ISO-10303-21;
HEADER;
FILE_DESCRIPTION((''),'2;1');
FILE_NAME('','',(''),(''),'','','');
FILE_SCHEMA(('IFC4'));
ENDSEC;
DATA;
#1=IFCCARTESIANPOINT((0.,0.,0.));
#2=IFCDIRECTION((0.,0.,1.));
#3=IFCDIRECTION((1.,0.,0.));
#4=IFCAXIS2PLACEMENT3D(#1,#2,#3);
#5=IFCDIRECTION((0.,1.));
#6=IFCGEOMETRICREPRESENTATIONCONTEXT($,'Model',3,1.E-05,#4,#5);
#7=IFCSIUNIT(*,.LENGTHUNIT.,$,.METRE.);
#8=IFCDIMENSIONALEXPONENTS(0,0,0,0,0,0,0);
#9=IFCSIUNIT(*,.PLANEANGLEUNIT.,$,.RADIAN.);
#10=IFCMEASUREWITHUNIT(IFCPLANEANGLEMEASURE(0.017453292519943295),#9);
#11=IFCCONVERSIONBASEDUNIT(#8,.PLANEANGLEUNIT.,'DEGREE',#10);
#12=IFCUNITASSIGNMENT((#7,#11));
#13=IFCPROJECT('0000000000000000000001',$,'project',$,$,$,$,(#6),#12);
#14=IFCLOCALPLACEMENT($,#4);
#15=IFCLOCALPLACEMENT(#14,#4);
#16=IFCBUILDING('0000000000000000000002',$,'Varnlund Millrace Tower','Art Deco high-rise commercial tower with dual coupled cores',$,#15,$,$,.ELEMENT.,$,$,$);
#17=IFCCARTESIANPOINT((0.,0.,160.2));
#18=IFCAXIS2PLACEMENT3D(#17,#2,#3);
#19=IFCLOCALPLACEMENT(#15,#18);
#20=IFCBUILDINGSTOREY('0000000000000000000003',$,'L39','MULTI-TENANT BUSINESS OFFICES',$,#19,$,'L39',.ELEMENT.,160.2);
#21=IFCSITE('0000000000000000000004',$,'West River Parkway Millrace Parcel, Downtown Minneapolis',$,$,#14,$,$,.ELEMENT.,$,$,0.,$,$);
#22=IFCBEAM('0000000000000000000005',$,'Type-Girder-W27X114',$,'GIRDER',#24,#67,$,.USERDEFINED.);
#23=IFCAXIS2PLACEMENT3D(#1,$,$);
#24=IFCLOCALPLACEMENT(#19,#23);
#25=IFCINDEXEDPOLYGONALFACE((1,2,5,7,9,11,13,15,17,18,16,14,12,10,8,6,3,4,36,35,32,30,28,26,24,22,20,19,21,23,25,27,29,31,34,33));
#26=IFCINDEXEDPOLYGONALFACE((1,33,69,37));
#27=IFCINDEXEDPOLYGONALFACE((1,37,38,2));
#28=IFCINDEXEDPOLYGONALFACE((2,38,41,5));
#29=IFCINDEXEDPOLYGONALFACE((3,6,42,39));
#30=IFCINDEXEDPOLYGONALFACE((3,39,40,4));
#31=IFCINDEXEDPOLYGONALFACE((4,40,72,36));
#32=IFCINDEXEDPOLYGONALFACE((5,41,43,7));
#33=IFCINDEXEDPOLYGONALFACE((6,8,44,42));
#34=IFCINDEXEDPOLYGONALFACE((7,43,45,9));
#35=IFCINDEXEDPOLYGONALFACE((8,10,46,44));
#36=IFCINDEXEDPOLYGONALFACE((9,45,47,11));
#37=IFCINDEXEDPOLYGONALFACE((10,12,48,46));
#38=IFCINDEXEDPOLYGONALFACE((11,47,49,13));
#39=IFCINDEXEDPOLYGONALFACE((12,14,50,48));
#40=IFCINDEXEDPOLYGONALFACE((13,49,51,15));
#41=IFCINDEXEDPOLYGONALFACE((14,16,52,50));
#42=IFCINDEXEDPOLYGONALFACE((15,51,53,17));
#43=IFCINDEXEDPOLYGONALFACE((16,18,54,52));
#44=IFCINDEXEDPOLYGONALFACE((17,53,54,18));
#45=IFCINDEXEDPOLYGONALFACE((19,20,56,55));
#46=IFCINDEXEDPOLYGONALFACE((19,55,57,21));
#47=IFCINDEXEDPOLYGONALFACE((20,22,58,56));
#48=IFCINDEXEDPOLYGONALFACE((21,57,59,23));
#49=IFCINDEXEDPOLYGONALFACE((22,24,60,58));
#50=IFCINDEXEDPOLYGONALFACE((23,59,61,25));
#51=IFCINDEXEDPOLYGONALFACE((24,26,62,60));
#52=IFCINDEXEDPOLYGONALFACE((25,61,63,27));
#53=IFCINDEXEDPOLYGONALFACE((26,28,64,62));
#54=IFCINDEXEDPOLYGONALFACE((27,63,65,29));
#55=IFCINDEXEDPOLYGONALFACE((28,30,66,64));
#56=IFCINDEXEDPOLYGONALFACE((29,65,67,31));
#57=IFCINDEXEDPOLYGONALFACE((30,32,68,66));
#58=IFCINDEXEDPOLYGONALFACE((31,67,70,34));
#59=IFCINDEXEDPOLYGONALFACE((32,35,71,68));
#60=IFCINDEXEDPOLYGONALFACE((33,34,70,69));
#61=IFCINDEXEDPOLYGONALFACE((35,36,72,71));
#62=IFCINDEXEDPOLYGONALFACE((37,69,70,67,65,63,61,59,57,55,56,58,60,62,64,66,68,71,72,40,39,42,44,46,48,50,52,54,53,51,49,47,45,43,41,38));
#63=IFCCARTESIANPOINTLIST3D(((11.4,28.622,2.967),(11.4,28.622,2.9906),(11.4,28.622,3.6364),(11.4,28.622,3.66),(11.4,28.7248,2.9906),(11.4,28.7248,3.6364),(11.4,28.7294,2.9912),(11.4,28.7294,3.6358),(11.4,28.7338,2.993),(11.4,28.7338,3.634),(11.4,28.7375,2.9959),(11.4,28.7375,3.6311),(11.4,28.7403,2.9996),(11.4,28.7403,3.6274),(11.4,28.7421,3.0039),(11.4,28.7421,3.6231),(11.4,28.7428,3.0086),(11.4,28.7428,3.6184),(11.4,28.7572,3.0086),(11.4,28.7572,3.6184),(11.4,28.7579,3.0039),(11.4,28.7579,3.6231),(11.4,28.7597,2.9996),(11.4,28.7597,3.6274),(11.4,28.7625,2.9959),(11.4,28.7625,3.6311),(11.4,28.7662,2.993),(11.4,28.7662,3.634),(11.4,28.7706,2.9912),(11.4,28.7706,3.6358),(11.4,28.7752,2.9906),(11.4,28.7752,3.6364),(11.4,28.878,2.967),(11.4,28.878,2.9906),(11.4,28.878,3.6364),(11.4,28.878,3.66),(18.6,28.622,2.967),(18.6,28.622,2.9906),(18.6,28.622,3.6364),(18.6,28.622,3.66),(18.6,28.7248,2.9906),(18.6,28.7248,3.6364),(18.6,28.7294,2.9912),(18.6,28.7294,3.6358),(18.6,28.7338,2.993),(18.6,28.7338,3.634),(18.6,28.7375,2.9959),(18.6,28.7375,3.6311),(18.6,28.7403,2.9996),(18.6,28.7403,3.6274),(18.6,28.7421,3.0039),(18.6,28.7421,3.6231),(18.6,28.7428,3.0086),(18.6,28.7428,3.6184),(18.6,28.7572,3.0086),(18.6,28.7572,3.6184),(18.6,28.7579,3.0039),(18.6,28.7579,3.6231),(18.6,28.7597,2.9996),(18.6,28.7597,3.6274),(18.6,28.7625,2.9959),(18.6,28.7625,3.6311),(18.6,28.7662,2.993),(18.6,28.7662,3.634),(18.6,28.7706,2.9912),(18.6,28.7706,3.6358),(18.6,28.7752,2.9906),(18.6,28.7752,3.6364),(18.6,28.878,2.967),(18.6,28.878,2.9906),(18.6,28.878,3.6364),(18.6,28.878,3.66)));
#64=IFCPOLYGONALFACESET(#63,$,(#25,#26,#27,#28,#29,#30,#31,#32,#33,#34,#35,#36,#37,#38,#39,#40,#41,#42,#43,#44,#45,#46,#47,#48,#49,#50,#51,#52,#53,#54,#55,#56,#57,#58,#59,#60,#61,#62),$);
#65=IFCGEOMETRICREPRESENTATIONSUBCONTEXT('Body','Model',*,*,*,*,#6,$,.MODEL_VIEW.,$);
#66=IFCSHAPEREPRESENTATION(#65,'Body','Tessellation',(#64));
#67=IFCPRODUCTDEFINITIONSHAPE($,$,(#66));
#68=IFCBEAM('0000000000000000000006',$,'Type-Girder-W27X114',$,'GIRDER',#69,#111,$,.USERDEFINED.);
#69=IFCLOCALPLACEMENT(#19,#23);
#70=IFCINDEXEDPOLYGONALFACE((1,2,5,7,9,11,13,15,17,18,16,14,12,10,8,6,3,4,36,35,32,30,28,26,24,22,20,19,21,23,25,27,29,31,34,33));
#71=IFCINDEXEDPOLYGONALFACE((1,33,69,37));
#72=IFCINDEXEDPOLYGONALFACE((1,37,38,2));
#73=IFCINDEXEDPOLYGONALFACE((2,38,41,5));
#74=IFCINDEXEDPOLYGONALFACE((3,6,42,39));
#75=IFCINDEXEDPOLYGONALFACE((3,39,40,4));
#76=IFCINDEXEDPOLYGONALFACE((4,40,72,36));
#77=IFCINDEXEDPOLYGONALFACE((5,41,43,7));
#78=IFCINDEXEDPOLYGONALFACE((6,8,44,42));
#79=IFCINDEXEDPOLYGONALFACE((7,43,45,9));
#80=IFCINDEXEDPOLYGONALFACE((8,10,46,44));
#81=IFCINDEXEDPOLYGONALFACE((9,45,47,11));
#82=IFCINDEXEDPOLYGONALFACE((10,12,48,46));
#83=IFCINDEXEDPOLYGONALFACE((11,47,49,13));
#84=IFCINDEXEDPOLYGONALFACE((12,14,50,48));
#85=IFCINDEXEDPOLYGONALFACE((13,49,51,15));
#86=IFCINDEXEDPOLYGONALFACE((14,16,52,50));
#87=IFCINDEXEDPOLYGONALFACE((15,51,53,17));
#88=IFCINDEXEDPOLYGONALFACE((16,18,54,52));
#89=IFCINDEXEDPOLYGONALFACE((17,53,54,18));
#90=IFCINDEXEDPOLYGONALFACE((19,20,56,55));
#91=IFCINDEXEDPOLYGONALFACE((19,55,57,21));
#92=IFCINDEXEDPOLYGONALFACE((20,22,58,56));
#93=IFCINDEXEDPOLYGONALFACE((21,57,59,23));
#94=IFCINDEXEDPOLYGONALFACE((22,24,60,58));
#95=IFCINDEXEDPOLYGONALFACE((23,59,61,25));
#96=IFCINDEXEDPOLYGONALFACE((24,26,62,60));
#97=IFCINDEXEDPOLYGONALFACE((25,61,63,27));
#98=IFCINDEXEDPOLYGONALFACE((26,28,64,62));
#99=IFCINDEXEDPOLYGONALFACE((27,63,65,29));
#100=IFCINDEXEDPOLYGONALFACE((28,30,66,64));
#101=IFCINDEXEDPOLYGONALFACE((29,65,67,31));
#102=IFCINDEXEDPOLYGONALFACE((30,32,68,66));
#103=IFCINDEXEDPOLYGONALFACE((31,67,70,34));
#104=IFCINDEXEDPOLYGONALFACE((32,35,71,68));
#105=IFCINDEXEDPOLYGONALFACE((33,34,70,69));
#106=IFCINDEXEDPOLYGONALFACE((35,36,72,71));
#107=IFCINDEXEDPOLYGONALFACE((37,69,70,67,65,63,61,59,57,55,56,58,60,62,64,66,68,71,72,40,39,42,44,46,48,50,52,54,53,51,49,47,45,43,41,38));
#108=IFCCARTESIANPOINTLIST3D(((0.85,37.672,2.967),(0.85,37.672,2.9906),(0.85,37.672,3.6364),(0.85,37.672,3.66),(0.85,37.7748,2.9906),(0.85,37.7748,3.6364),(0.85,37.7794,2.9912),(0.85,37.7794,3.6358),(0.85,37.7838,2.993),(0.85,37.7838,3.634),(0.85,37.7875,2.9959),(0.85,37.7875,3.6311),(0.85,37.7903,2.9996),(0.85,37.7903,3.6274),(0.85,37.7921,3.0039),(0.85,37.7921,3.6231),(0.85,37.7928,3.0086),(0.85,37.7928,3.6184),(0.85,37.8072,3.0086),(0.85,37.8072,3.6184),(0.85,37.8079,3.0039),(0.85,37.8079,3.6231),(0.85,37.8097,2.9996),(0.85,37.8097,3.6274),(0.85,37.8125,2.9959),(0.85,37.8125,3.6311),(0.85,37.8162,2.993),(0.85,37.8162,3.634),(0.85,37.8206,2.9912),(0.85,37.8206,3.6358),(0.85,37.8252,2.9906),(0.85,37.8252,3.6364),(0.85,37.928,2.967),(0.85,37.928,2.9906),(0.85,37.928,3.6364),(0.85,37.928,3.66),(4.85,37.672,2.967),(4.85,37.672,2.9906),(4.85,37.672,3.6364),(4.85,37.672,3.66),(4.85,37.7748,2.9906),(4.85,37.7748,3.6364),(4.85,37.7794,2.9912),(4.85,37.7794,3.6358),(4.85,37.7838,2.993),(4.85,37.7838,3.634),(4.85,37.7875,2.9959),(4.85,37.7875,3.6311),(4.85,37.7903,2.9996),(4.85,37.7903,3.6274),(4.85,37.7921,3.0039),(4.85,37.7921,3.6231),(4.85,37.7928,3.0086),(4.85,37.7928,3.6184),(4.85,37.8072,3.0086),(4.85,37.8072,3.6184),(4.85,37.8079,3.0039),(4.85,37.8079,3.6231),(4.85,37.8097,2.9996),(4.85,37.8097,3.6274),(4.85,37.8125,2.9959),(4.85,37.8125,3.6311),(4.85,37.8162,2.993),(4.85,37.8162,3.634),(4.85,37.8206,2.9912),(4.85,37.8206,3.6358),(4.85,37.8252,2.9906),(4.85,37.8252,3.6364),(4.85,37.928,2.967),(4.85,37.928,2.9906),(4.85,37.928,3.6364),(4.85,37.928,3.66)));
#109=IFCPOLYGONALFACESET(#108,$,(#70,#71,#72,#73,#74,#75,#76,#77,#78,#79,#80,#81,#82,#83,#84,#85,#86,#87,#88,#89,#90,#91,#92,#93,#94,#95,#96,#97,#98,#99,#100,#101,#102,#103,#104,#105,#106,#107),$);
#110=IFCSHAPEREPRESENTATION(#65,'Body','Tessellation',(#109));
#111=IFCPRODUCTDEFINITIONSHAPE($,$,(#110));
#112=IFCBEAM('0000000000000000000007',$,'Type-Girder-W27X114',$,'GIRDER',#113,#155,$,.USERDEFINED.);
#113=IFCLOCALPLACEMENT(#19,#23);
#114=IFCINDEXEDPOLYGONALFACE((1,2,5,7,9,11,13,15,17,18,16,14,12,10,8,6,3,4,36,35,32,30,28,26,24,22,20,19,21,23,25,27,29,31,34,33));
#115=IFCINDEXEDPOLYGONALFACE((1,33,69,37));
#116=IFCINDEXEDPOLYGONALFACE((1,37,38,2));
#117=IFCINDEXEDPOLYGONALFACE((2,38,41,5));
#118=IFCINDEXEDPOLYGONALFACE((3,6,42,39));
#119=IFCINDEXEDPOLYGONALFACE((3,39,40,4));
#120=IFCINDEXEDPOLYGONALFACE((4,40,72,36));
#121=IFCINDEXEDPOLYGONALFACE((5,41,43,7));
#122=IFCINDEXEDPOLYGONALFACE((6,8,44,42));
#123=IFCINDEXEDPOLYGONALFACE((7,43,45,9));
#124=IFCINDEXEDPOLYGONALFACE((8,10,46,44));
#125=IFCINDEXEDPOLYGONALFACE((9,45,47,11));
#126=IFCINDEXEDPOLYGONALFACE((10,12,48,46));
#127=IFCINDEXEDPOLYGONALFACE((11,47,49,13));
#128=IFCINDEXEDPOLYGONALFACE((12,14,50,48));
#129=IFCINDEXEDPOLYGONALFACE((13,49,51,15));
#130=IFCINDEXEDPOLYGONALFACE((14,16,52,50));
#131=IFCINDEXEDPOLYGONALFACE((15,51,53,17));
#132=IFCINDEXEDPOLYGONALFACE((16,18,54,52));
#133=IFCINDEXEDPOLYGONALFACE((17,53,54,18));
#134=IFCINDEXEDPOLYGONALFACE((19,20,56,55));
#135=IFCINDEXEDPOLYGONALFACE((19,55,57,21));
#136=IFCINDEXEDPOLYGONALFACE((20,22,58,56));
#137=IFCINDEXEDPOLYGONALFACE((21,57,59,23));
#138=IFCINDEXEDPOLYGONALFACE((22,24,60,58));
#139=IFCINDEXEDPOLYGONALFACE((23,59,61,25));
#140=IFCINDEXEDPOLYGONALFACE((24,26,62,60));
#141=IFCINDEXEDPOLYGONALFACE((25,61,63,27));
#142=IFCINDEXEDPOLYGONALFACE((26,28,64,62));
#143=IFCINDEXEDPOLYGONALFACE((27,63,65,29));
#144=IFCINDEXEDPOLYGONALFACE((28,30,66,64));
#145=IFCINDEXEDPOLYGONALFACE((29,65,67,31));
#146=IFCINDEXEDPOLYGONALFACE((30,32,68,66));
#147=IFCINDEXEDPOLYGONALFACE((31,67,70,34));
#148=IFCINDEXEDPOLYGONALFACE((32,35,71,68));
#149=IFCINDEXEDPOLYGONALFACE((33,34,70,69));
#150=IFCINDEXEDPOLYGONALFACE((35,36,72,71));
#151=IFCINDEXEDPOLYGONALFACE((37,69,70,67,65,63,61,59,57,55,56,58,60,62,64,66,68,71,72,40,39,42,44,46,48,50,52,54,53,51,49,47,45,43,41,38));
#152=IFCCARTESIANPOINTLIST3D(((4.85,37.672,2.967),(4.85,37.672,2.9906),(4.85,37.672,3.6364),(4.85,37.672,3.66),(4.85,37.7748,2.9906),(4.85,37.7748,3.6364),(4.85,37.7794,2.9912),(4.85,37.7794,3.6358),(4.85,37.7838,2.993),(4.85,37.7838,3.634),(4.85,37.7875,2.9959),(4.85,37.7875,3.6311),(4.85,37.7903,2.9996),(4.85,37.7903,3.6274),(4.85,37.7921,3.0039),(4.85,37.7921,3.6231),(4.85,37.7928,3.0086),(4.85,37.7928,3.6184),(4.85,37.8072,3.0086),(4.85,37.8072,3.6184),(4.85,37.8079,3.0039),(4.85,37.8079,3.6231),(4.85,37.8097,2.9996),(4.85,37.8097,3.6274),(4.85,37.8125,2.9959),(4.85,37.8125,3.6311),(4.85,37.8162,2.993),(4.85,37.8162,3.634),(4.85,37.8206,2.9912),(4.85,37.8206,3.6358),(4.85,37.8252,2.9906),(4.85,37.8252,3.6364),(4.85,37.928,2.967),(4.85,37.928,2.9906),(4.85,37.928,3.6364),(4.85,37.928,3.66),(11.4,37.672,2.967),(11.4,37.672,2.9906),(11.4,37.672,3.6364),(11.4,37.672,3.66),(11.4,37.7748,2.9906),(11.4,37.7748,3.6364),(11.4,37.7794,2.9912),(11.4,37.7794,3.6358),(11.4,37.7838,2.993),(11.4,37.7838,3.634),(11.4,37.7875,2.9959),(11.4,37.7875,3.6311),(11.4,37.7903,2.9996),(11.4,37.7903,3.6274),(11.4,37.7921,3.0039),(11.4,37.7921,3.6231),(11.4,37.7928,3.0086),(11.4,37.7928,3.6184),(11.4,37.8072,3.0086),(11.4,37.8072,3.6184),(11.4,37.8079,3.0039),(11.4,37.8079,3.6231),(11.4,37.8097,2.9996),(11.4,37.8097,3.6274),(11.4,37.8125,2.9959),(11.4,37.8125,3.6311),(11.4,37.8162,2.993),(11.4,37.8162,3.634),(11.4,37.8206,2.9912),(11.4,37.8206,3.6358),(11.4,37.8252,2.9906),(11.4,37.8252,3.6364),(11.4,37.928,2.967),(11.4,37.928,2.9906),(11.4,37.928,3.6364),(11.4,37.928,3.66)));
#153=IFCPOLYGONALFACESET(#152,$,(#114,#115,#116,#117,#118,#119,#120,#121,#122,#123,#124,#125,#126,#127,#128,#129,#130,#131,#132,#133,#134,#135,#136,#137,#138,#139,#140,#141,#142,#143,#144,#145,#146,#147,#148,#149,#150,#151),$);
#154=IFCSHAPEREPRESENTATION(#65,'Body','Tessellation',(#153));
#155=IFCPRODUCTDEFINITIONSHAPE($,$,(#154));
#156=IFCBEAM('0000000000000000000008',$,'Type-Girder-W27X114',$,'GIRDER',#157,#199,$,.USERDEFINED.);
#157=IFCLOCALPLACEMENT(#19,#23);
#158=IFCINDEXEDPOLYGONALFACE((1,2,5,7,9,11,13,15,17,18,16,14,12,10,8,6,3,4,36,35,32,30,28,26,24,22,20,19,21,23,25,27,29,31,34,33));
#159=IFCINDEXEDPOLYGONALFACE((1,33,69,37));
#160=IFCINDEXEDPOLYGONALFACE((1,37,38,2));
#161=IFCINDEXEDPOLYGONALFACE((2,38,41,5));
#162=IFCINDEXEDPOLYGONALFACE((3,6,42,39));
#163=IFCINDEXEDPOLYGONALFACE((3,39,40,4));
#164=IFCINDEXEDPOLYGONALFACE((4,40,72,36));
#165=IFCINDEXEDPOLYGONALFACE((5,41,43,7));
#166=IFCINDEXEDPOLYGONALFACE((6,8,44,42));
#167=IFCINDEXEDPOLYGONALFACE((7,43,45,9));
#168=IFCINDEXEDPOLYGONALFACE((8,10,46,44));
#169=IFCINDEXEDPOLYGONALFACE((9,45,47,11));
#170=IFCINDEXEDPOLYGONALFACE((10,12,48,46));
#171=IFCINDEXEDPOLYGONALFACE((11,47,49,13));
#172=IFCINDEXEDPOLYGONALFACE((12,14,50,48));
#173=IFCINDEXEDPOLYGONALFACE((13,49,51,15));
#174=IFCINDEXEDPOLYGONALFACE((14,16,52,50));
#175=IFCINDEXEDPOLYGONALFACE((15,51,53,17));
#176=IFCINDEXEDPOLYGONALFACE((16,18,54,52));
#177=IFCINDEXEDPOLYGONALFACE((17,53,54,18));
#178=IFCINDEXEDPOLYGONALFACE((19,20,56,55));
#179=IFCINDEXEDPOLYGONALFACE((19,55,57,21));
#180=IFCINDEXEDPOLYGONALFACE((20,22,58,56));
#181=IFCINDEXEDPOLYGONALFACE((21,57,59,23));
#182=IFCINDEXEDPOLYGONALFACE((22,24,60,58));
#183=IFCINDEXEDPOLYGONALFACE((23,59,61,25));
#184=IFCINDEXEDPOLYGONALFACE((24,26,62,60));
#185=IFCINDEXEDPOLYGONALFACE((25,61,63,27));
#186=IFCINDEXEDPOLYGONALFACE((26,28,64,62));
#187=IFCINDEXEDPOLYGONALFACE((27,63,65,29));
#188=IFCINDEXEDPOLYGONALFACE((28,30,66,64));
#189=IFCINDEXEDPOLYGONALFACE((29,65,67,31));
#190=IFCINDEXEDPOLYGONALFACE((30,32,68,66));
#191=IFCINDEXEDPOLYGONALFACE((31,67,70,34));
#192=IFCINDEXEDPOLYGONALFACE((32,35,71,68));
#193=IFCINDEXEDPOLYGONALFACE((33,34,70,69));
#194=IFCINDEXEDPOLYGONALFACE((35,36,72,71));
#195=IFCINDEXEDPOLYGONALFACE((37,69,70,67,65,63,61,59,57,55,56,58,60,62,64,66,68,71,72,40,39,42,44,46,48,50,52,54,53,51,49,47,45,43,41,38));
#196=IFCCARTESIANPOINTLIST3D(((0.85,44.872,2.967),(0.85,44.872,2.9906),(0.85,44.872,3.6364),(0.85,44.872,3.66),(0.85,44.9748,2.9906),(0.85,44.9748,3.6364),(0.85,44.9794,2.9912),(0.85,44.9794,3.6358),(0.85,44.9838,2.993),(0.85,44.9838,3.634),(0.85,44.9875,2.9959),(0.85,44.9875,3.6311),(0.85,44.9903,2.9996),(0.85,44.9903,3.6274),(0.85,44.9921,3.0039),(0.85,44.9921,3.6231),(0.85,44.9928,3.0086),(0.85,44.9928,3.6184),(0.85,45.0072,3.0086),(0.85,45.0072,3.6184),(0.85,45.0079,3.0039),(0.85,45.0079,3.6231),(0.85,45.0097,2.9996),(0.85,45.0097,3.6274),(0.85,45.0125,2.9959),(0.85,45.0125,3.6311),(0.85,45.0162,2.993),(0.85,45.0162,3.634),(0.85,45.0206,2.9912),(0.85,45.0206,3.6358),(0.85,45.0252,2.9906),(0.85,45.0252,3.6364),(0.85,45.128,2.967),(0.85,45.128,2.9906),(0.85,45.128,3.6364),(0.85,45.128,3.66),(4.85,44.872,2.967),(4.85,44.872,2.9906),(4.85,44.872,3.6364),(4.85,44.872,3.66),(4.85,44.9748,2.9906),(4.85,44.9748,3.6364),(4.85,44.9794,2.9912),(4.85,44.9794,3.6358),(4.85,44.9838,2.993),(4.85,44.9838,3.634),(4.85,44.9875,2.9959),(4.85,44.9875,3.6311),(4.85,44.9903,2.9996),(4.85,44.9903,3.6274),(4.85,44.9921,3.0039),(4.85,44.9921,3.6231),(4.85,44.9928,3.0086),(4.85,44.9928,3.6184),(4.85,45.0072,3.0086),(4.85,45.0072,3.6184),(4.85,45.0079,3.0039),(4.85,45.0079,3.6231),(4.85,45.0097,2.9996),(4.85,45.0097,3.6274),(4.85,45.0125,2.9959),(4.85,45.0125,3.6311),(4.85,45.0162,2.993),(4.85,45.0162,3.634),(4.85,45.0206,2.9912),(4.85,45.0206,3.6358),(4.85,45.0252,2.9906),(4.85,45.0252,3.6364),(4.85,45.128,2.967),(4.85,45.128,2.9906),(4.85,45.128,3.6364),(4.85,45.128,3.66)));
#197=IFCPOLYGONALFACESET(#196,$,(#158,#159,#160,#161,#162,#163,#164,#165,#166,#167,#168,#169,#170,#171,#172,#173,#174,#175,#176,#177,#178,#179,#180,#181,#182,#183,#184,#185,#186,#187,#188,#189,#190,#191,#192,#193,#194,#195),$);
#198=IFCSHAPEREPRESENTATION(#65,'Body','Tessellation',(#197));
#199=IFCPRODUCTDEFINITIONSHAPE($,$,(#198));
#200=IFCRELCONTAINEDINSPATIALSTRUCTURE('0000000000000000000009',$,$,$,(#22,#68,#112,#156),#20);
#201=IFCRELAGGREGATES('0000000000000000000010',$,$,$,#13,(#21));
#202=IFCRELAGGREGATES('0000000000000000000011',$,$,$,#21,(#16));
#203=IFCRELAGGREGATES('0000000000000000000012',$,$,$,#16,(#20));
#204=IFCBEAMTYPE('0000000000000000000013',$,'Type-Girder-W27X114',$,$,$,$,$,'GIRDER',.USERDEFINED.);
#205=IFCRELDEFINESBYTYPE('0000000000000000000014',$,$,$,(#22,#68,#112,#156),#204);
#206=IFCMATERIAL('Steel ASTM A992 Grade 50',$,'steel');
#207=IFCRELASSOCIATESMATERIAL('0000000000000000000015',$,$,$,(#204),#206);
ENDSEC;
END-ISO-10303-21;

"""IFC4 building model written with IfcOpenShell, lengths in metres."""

from ifc_helpers import new_model, entity, si_unit, converted_unit, direction, frame, origin_with_axes, origin_2d_with_axis, place, context, subcontext, project, spatial, i_section, extrude, material, material_profile, profile_set, type_object, element, save


model = new_model("IFC4")

# Units and contexts
model_context = context("Model", 3, precision=1e-05, world=origin_with_axes(), true_north=direction((0.0, 1.0)))
body_context = subcontext(model_context, "Body", "Model", "MODEL_VIEW")
ifc_project = project(units=[si_unit("LENGTHUNIT", "METRE"), converted_unit("PLANEANGLEUNIT", "DEGREE", entity("IfcPlaneAngleMeasure", 0.017453292519943295), si_unit("PLANEANGLEUNIT", "RADIAN"), dimensions=[0, 0, 0, 0, 0, 0, 0])], contexts=[model_context])

# Site, building, storey
site_placement = place(None, origin_with_axes())
site = spatial("IfcSite", under=ifc_project, at=site_placement, Name="West River Parkway Millrace Parcel, Downtown Minneapolis", CompositionType="ELEMENT", RefElevation=0.0)
building_placement = place(site_placement, origin_with_axes())
building = spatial("IfcBuilding", under=site, at=building_placement, Name="Varnlund Millrace Tower", Description="Art Deco high-rise commercial tower with dual coupled cores", CompositionType="ELEMENT")
storey_placement = place(building_placement, frame((0.0, 0.0, 160.2), z_axis=(0.0, 0.0, 1.0), x_axis=(1.0, 0.0, 0.0)))
storey = spatial("IfcBuildingStorey", under=building, at=storey_placement, Name="L39", Description="MULTI-TENANT BUSINESS OFFICES", LongName="L39", CompositionType="ELEMENT", Elevation=160.2)

# Beams
ifc_material_1 = material(Name="Steel ASTM A992 Grade 50", Category="steel")
ifc_material_profile_1 = material_profile(ifc_material_1, i_section(OverallWidth=0.256, OverallDepth=0.693, WebThickness=0.0145, FlangeThickness=0.0236, FilletRadius=0.018, at=origin_2d_with_axis()), Name="Steel ASTM A992 Grade 50")
ifc_profile_set_1 = profile_set([ifc_material_profile_1], Name="Steel ASTM A992 Grade 50")
beam_type_1 = type_object("IfcBeamType", Name="Type-Girder-W27X114", ElementType="GIRDER", PredefinedType="USERDEFINED", material=ifc_profile_set_1)
beam_1_placement = place(storey_placement, frame((11.4, 28.75, 3.3135), z_axis=(1.0, 0.0, 0.0), x_axis=(0.0, 1.0, 0.0)))
element("IfcBeam", 1, at=beam_1_placement, inside=storey, type_object=beam_type_1, Name="Type-Girder-W27X114", ObjectType="GIRDER", PredefinedType="USERDEFINED", context=body_context, shape_type="SweptSolid", body=[
    extrude(i_section(OverallWidth=0.256, OverallDepth=0.693, WebThickness=0.0145, FlangeThickness=0.0236, FilletRadius=0.018, at=origin_2d_with_axis()), origin_with_axes(), (0.0, 0.0, 1.0), 7.2),
])
beam_2_placement = place(storey_placement, frame((0.85, 37.8, 3.3135), z_axis=(1.0, 0.0, 0.0), x_axis=(0.0, 1.0, 0.0)))
element("IfcBeam", 2, at=beam_2_placement, inside=storey, type_object=beam_type_1, Name="Type-Girder-W27X114", ObjectType="GIRDER", PredefinedType="USERDEFINED", context=body_context, shape_type="SweptSolid", body=[
    extrude(i_section(OverallWidth=0.256, OverallDepth=0.693, WebThickness=0.0145, FlangeThickness=0.0236, FilletRadius=0.018, at=origin_2d_with_axis()), origin_with_axes(), (0.0, 0.0, 1.0), 4.0),
])
beam_3_placement = place(storey_placement, frame((4.85, 37.8, 3.3135), z_axis=(1.0, 0.0, 0.0), x_axis=(0.0, 1.0, 0.0)))
element("IfcBeam", 3, at=beam_3_placement, inside=storey, type_object=beam_type_1, Name="Type-Girder-W27X114", ObjectType="GIRDER", PredefinedType="USERDEFINED", context=body_context, shape_type="SweptSolid", body=[
    extrude(i_section(OverallWidth=0.256, OverallDepth=0.693, WebThickness=0.0145, FlangeThickness=0.0236, FilletRadius=0.018, at=origin_2d_with_axis()), origin_with_axes(), (0.0, 0.0, 1.0), 6.55),
])
beam_4_placement = place(storey_placement, frame((0.85, 45.0, 3.3135), z_axis=(1.0, 0.0, 0.0), x_axis=(0.0, 1.0, 0.0)))
element("IfcBeam", 4, at=beam_4_placement, inside=storey, type_object=beam_type_1, Name="Type-Girder-W27X114", ObjectType="GIRDER", PredefinedType="USERDEFINED", context=body_context, shape_type="SweptSolid", body=[
    extrude(i_section(OverallWidth=0.256, OverallDepth=0.693, WebThickness=0.0145, FlangeThickness=0.0236, FilletRadius=0.018, at=origin_2d_with_axis()), origin_with_axes(), (0.0, 0.0, 1.0), 4.0),
])

save(model, "model.ifc")
